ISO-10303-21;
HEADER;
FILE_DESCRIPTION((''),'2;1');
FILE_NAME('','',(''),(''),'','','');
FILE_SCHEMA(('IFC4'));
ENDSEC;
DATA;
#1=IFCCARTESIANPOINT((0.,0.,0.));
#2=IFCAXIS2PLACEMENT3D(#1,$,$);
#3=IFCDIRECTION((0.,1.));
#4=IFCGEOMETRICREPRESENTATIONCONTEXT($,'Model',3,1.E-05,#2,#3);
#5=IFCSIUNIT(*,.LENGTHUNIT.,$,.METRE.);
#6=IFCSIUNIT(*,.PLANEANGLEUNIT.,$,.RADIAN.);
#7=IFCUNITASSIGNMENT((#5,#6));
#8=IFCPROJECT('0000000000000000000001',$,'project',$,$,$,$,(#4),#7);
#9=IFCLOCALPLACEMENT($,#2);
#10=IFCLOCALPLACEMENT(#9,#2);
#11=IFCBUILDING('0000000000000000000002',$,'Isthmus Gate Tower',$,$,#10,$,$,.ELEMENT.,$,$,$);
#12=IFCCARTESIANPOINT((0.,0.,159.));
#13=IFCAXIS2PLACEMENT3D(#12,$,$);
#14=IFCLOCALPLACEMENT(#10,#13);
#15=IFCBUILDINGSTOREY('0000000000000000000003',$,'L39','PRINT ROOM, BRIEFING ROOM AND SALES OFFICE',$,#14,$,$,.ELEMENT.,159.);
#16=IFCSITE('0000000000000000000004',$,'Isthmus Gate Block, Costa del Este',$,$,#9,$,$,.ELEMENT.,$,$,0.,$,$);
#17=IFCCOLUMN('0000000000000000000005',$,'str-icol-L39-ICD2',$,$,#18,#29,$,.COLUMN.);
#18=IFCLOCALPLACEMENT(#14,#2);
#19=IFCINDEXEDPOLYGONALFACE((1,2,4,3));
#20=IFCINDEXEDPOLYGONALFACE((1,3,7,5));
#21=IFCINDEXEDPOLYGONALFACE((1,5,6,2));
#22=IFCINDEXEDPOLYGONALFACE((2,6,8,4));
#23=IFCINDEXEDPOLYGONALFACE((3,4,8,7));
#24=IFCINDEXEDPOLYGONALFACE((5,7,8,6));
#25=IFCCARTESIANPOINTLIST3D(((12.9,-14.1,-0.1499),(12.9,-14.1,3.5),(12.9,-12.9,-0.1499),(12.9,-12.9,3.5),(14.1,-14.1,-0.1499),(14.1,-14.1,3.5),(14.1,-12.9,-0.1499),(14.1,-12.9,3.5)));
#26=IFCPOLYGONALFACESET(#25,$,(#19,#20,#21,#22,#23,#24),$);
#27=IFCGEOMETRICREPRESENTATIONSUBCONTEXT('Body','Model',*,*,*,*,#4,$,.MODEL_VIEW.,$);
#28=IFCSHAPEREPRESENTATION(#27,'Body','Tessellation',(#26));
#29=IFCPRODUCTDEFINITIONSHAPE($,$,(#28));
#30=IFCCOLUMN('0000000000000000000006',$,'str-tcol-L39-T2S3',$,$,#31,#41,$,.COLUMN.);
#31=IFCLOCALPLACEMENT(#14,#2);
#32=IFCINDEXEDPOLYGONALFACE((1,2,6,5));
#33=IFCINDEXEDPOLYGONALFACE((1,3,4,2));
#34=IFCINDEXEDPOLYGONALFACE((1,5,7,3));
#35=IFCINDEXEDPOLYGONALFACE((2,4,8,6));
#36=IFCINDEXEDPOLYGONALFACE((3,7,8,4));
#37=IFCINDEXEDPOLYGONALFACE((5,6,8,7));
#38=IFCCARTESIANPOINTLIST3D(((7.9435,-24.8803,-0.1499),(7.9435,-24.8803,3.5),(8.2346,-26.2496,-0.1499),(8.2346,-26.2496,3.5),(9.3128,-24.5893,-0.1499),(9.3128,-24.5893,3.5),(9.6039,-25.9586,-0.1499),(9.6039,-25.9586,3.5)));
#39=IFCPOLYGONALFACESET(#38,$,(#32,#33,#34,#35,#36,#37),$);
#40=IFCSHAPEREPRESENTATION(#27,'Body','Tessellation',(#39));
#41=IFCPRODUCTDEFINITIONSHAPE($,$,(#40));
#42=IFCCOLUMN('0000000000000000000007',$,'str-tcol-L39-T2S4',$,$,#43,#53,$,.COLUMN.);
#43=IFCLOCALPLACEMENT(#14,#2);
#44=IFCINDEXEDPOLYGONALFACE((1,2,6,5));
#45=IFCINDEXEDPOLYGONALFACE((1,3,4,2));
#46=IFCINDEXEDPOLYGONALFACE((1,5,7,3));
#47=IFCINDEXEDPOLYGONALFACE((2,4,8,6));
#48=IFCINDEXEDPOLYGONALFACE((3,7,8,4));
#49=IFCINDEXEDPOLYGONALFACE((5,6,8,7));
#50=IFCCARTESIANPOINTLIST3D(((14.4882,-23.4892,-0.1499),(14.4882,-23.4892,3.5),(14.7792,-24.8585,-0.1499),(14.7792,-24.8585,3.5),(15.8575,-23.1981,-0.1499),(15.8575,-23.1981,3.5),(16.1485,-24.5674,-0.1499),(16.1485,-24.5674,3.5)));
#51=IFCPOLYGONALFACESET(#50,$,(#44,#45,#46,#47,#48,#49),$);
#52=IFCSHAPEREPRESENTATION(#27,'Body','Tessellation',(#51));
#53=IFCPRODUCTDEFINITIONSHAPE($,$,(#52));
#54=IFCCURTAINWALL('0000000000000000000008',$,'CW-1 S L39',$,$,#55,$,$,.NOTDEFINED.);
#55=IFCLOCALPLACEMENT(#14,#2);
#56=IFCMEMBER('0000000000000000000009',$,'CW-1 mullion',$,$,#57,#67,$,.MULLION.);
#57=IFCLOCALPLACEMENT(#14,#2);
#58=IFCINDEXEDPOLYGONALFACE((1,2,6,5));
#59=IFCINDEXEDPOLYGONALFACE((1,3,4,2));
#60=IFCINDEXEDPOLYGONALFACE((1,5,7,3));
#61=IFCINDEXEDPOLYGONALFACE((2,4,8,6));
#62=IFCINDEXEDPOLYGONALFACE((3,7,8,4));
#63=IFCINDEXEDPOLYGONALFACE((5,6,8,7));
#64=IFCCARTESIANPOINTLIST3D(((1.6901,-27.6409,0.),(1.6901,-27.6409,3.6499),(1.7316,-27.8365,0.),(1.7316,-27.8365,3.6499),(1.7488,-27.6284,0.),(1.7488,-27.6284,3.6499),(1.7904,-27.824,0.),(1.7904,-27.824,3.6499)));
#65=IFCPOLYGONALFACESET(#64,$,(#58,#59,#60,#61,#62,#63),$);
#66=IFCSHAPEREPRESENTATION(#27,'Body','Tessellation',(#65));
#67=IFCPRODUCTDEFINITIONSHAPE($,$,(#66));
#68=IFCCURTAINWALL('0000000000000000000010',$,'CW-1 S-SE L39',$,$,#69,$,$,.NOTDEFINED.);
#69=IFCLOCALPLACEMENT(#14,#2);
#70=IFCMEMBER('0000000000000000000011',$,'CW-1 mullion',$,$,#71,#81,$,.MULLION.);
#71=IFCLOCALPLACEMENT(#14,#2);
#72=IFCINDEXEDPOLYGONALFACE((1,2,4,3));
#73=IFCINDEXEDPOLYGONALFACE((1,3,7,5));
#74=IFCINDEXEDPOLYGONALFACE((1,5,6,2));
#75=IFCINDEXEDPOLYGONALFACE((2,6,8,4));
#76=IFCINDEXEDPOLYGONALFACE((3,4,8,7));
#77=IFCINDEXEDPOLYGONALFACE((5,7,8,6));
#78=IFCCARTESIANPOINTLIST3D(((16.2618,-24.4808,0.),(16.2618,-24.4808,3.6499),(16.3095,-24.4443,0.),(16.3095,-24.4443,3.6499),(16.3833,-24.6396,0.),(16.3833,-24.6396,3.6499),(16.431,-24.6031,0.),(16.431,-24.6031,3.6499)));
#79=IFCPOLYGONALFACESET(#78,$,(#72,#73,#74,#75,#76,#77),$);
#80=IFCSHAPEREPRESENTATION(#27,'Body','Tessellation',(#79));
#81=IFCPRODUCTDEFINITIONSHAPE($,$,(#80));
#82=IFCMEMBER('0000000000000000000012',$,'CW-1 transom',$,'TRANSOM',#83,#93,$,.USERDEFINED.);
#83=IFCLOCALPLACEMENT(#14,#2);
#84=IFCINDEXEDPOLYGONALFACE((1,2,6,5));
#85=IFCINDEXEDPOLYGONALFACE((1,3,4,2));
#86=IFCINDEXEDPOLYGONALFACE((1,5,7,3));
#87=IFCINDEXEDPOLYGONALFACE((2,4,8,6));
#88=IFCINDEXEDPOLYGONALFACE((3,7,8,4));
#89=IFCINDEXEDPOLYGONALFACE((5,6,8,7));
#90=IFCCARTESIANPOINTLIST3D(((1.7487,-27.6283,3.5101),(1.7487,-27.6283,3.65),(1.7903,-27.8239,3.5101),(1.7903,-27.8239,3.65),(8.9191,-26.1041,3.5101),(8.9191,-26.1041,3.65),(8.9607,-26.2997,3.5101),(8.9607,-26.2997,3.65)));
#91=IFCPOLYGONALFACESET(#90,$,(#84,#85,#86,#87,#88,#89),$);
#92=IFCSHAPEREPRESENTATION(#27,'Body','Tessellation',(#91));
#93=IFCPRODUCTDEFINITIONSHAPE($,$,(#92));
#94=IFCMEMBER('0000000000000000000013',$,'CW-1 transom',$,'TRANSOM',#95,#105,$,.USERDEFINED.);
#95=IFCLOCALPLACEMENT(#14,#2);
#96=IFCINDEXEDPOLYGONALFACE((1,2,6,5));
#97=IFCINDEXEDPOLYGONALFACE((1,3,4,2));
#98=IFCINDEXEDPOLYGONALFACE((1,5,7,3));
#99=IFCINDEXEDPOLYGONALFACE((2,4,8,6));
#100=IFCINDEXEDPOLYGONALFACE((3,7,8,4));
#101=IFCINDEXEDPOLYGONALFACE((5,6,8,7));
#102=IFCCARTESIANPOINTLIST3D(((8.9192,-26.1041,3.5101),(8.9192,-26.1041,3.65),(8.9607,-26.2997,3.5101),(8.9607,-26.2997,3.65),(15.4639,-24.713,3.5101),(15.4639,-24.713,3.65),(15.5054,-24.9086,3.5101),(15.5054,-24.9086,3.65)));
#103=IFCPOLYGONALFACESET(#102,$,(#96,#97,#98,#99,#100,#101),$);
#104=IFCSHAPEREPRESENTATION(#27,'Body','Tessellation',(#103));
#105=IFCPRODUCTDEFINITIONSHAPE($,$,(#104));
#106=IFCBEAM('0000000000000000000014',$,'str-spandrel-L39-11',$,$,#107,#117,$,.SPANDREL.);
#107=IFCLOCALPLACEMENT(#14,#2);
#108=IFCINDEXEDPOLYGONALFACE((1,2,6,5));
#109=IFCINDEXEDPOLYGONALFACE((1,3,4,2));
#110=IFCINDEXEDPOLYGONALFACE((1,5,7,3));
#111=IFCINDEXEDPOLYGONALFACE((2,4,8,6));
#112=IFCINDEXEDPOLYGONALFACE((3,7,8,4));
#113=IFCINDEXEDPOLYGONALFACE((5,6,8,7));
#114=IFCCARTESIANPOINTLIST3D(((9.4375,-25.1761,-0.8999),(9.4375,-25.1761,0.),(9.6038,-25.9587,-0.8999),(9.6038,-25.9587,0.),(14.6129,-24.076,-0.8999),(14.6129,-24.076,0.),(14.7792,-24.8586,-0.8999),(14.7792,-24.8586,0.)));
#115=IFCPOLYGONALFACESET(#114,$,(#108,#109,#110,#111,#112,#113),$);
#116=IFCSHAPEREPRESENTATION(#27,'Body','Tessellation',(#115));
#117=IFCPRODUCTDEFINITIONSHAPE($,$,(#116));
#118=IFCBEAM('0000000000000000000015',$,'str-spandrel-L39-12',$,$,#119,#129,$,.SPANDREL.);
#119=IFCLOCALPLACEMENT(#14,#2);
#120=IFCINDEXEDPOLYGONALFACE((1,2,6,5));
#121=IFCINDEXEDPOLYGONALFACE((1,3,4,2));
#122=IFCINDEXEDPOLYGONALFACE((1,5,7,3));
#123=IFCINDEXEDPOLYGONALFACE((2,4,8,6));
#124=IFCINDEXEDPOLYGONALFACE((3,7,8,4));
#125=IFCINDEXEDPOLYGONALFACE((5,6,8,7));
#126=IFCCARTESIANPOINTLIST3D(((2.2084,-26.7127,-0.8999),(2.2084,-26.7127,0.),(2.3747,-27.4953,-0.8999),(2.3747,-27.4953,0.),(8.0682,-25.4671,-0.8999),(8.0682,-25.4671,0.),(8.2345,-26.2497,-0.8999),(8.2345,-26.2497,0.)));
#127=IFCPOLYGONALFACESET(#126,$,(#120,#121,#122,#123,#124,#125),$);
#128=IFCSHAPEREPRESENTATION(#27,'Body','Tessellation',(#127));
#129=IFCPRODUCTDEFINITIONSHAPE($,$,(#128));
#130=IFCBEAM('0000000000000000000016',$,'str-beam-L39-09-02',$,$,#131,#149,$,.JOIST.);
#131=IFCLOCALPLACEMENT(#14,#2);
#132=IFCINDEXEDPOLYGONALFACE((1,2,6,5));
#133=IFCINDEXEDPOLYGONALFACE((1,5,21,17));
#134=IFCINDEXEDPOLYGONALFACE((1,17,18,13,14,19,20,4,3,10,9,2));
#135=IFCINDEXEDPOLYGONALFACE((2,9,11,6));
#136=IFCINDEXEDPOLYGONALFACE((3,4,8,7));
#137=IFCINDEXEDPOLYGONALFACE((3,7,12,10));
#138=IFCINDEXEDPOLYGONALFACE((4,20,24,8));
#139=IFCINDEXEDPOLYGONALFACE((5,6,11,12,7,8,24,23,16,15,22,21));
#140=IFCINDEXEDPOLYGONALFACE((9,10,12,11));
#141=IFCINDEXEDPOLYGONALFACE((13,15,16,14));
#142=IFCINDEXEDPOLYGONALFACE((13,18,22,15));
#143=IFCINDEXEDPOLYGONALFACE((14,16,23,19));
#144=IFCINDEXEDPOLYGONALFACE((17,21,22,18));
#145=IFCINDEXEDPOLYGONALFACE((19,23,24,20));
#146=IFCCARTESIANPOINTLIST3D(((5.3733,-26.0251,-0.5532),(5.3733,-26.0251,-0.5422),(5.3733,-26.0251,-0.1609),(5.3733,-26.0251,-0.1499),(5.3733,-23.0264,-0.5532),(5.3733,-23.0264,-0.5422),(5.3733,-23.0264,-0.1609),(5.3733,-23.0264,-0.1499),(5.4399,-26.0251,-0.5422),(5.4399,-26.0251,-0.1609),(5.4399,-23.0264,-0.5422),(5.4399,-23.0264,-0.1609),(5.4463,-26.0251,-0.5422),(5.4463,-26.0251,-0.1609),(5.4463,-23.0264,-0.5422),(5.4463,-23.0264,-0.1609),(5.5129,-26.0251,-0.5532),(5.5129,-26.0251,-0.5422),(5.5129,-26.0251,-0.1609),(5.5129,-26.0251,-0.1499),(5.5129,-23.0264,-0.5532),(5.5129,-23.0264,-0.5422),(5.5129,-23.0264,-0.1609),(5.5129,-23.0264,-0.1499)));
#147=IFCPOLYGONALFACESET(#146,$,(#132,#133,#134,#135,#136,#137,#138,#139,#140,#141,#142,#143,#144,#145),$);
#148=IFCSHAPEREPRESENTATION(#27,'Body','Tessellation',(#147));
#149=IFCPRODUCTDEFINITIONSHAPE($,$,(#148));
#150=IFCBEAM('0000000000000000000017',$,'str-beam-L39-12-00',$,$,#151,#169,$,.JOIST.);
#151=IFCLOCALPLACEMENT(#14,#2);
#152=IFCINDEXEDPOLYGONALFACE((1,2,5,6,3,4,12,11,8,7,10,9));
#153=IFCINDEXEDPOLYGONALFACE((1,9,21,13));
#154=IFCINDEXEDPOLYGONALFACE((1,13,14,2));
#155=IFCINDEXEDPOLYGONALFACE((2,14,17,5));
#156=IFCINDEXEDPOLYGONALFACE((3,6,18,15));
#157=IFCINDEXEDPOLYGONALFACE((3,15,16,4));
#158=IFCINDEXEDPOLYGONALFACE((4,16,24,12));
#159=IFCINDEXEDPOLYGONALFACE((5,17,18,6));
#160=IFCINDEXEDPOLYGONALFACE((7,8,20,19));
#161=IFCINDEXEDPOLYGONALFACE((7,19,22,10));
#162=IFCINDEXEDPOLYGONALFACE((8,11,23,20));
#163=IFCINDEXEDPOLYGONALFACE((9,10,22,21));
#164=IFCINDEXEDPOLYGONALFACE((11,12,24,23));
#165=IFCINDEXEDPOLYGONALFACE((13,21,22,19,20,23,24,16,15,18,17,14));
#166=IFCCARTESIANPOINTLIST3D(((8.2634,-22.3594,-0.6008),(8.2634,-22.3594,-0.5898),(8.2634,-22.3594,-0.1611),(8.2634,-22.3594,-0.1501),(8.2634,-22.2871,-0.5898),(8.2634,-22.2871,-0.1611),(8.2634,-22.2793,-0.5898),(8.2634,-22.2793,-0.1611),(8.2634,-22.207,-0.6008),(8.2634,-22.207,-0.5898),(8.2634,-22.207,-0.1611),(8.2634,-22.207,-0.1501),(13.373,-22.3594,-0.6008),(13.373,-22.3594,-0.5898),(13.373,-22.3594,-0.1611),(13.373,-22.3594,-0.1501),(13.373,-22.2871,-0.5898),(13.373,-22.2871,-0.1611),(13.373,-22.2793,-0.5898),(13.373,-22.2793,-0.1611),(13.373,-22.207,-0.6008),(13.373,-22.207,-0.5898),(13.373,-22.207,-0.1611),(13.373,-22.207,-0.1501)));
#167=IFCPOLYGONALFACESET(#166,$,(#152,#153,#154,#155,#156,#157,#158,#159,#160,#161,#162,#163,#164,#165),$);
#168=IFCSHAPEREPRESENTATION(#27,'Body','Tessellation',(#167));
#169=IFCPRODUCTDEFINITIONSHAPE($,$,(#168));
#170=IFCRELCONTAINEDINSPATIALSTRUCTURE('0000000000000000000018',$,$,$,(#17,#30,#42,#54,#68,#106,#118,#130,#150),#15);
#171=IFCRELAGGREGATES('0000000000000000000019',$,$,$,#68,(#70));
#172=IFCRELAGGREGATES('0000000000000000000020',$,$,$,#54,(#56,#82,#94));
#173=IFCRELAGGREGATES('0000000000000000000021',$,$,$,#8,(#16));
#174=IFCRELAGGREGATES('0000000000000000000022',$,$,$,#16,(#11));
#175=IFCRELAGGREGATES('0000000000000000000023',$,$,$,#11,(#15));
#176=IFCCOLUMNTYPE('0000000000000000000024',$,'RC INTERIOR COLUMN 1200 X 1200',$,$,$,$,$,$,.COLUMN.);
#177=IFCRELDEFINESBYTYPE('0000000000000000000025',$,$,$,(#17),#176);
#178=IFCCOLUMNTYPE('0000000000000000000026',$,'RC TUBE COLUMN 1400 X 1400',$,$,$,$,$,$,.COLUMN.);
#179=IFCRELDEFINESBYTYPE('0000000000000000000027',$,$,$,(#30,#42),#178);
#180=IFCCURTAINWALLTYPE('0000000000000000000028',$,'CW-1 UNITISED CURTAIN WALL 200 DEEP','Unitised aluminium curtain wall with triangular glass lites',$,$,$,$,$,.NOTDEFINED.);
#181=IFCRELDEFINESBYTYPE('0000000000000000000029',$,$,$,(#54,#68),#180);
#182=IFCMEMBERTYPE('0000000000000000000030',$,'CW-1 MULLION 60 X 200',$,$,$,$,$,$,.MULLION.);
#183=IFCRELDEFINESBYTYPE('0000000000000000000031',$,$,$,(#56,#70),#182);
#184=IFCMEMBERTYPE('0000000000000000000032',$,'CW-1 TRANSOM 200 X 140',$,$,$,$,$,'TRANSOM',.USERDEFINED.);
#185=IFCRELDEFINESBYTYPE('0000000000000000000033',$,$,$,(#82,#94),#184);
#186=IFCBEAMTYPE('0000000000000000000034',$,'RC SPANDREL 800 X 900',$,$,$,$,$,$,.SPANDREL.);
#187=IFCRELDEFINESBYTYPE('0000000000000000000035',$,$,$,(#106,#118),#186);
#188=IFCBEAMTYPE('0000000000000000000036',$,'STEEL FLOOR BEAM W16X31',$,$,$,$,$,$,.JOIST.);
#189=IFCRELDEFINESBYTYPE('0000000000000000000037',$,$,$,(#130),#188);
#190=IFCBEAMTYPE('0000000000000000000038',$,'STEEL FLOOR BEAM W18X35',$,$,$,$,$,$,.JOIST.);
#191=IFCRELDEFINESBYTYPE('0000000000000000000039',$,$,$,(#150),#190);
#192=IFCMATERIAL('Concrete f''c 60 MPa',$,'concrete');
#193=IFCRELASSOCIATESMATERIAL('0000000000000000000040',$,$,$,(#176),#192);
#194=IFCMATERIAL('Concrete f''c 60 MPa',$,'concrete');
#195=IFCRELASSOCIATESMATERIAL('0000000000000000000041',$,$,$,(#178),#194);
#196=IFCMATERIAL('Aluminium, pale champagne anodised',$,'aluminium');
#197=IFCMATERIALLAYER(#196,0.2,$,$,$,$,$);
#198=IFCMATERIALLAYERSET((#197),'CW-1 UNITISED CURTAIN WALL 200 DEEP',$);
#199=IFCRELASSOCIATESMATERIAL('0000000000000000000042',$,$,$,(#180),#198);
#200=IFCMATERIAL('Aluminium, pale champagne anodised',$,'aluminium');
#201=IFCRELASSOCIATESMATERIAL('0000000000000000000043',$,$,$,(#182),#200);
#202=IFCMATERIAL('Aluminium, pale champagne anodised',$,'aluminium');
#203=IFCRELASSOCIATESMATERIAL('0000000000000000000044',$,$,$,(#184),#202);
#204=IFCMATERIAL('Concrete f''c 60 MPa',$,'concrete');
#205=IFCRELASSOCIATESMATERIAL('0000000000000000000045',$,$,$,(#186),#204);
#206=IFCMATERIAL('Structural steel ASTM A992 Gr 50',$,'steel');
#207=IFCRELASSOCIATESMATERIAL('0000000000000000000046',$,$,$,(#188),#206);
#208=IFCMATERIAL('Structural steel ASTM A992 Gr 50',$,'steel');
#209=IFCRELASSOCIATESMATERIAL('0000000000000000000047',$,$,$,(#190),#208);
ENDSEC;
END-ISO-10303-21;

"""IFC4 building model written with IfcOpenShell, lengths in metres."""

from ifc_helpers import new_model, si_unit, direction, frame, origin, origin_2d, place, context, subcontext, project, spatial, rectangle, i_section, extrude, material, layer, layer_set, material_profile, profile_set, type_object, element, aggregate, save


model = new_model("IFC4")

# Units and contexts
model_context = context("Model", 3, precision=1e-05, world=origin(), true_north=direction((0.0, 1.0)))
body_context = subcontext(model_context, "Body", "Model", "MODEL_VIEW")
ifc_project = project(units=[si_unit("LENGTHUNIT", "METRE"), si_unit("PLANEANGLEUNIT", "RADIAN")], contexts=[model_context])

# Site, building, storey
site_placement = place(None, origin())
site = spatial("IfcSite", under=ifc_project, at=site_placement, Name="Isthmus Gate Block, Costa del Este", CompositionType="ELEMENT", RefElevation=0.0)
building_placement = place(site_placement, origin())
building = spatial("IfcBuilding", under=site, at=building_placement, Name="Isthmus Gate Tower", CompositionType="ELEMENT")
storey_placement = place(building_placement, frame((0.0, 0.0, 159.0)))
storey = spatial("IfcBuildingStorey", under=building, at=storey_placement, Name="L39", Description="PRINT ROOM, BRIEFING ROOM AND SALES OFFICE", CompositionType="ELEMENT", Elevation=159.0)

# Columns
ifc_material_1 = material(Name="Concrete f'c 60 MPa", Category="concrete")
ifc_material_profile_1 = material_profile(ifc_material_1, rectangle(XDim=1.2, YDim=1.2, at=origin_2d()), Name="RC 1200X1200")
ifc_profile_set_1 = profile_set([ifc_material_profile_1], Name="Concrete f'c 60 MPa")
column_type_1 = type_object("IfcColumnType", Name="RC INTERIOR COLUMN 1200 X 1200", PredefinedType="COLUMN", material=ifc_profile_set_1)
column_placement = place(storey_placement, frame((13.5, -13.5, -0.1499), z_axis=(0.0, 0.0, 1.0), x_axis=(1.0, 0.0, 0.0)))
element("IfcColumn", 1, at=column_placement, inside=storey, type_object=column_type_1, Name="str-icol-L39-ICD2", PredefinedType="COLUMN", context=body_context, shape_type="SweptSolid", body=[
    extrude(rectangle(XDim=1.2, YDim=1.2, at=origin_2d()), origin(), (0.0, 0.0, 1.0), 3.6499),
])
ifc_material_2 = material(Name="Concrete f'c 60 MPa", Category="concrete")
ifc_material_profile_2 = material_profile(ifc_material_2, rectangle(XDim=1.3999, YDim=1.3999, at=origin_2d()), Name="RC 1400X1400")
ifc_profile_set_2 = profile_set([ifc_material_profile_2], Name="Concrete f'c 60 MPa")
column_type_2 = type_object("IfcColumnType", Name="RC TUBE COLUMN 1400 X 1400", PredefinedType="COLUMN", material=ifc_profile_set_2)
for number, where, z_axis, x_axis, name in (
    (2, (8.7737, -25.4194, -0.1499), (0.0, 0.0, 1.0), (0.978148, 0.207912, 0.0), "str-tcol-L39-T2S3"),
    (3, (15.3184, -24.0283, -0.1499), (0.0, 0.0, 1.0), (0.978148, 0.207912, 0.0), "str-tcol-L39-T2S4"),
):
    element("IfcColumn", number, at=place(storey_placement, frame(where, z_axis=z_axis, x_axis=x_axis)), inside=storey, type_object=column_type_2, Name=name, PredefinedType="COLUMN", context=body_context, shape_type="SweptSolid", body=[
        extrude(rectangle(XDim=1.3999, YDim=1.3999, at=origin_2d()), origin(), (0.0, 0.0, 1.0), 3.6499),
    ])

# Curtain walls, members
ifc_material_3 = material(Name="Aluminium, pale champagne anodised", Category="aluminium")
ifc_layer_1 = layer(ifc_material_3, 0.2)
ifc_layer_set_1 = layer_set([ifc_layer_1], Name="CW-1 UNITISED CURTAIN WALL 200 DEEP")
curtain_wall_type = type_object("IfcCurtainWallType", Name="CW-1 UNITISED CURTAIN WALL 200 DEEP", Description="Unitised aluminium curtain wall with triangular glass lites", PredefinedType="NOTDEFINED", material=ifc_layer_set_1)
curtain_wall_1_placement = place(storey_placement, origin())
curtain_wall_1 = element("IfcCurtainWall", 4, at=curtain_wall_1_placement, inside=storey, type_object=curtain_wall_type, Name="CW-1 S L39", PredefinedType="NOTDEFINED")
ifc_material_4 = material(Name="Aluminium, pale champagne anodised", Category="aluminium")
ifc_material_profile_3 = material_profile(ifc_material_4, rectangle(XDim=0.0601, YDim=0.2, at=origin_2d()), Name="60x200")
ifc_profile_set_3 = profile_set([ifc_material_profile_3], Name="Aluminium, pale champagne anodised")
member_type_1 = type_object("IfcMemberType", Name="CW-1 MULLION 60 X 200", PredefinedType="MULLION", material=ifc_profile_set_3)
member_1_placement = place(storey_placement, frame((1.7402, -27.7324, 0.0), z_axis=(0.0, 0.0, 1.0), x_axis=(0.978148, 0.207912, 0.0)))
member_1 = element("IfcMember", 5, at=member_1_placement, type_object=member_type_1, Name="CW-1 mullion", PredefinedType="MULLION", context=body_context, shape_type="SweptSolid", body=[
    extrude(rectangle(XDim=0.0601, YDim=0.2, at=origin_2d()), origin(), (0.0, 0.0, 1.0), 3.6499),
])
curtain_wall_2_placement = place(storey_placement, origin())
curtain_wall_2 = element("IfcCurtainWall", 6, at=curtain_wall_2_placement, inside=storey, type_object=curtain_wall_type, Name="CW-1 S-SE L39", PredefinedType="NOTDEFINED")
member_2_placement = place(storey_placement, frame((16.3464, -24.542, 0.0), z_axis=(0.0, 0.0, 1.0), x_axis=(0.794189, 0.607671, 0.0)))
member_2 = element("IfcMember", 7, at=member_2_placement, type_object=member_type_1, Name="CW-1 mullion", PredefinedType="MULLION", context=body_context, shape_type="SweptSolid", body=[
    extrude(rectangle(XDim=0.0601, YDim=0.2, at=origin_2d()), origin(), (0.0, 0.0, 1.0), 3.6499),
])
aggregate(curtain_wall_2, [member_2])

# Members
ifc_material_5 = material(Name="Aluminium, pale champagne anodised", Category="aluminium")
ifc_material_profile_4 = material_profile(ifc_material_5, rectangle(XDim=0.2, YDim=0.1399, at=origin_2d()), Name="200x140")
ifc_profile_set_4 = profile_set([ifc_material_profile_4], Name="Aluminium, pale champagne anodised")
member_type_2 = type_object("IfcMemberType", Name="CW-1 TRANSOM 200 X 140", ElementType="TRANSOM", PredefinedType="USERDEFINED", material=ifc_profile_set_4)
member_3_placement = place(storey_placement, frame((1.7695, -27.7261, 3.5801), z_axis=(0.978146, 0.207919, 0.0), x_axis=(-0.207919, 0.978146, 0.0)))
member_3 = element("IfcMember", 8, at=member_3_placement, type_object=member_type_2, Name="CW-1 transom", ObjectType="TRANSOM", PredefinedType="USERDEFINED", context=body_context, shape_type="SweptSolid", body=[
    extrude(rectangle(XDim=0.2, YDim=0.1399, at=origin_2d()), origin(), (0.0, 0.0, 1.0), 7.3306),
])
member_4_placement = place(storey_placement, frame((8.9399, -26.2019, 3.5801), z_axis=(0.978148, 0.207912, 0.0), x_axis=(-0.207912, 0.978148, 0.0)))
member_4 = element("IfcMember", 9, at=member_4_placement, type_object=member_type_2, Name="CW-1 transom", ObjectType="TRANSOM", PredefinedType="USERDEFINED", context=body_context, shape_type="SweptSolid", body=[
    extrude(rectangle(XDim=0.2, YDim=0.1399, at=origin_2d()), origin(), (0.0, 0.0, 1.0), 6.6909),
])

# Beams
ifc_material_6 = material(Name="Concrete f'c 60 MPa", Category="concrete")
ifc_material_profile_5 = material_profile(ifc_material_6, rectangle(XDim=0.8, YDim=0.8999, at=origin_2d()), Name="RC 800X900")
ifc_profile_set_5 = profile_set([ifc_material_profile_5], Name="Concrete f'c 60 MPa")
beam_type_1 = type_object("IfcBeamType", Name="RC SPANDREL 800 X 900", PredefinedType="SPANDREL", material=ifc_profile_set_5)
beam_1_placement = place(storey_placement, frame((14.696, -24.4673, -0.45), z_axis=(-0.978145, -0.207922, 0.0), x_axis=(0.207922, -0.978145, 0.0)))
element("IfcBeam", 10, at=beam_1_placement, inside=storey, type_object=beam_type_1, Name="str-spandrel-L39-11", PredefinedType="SPANDREL", context=body_context, shape_type="SweptSolid", body=[
    extrude(rectangle(XDim=0.8, YDim=0.8999, at=origin_2d()), origin(), (0.0, 0.0, 1.0), 5.291),
])
beam_2_placement = place(storey_placement, frame((8.1514, -25.8584, -0.45), z_axis=(-0.978146, -0.20792, 0.0), x_axis=(0.20792, -0.978146, 0.0)))
element("IfcBeam", 11, at=beam_2_placement, inside=storey, type_object=beam_type_1, Name="str-spandrel-L39-12", PredefinedType="SPANDREL", context=body_context, shape_type="SweptSolid", body=[
    extrude(rectangle(XDim=0.8, YDim=0.8999, at=origin_2d()), origin(), (0.0, 0.0, 1.0), 5.9907),
])
ifc_material_7 = material(Name="Structural steel ASTM A992 Gr 50", Category="steel")
ifc_material_profile_6 = material_profile(ifc_material_7, i_section(OverallWidth=0.1396, OverallDepth=0.4033, WebThickness=0.0063, FlangeThickness=0.011, at=origin_2d()), Name="W16X31")
ifc_profile_set_6 = profile_set([ifc_material_profile_6], Name="Structural steel ASTM A992 Gr 50")
beam_type_2 = type_object("IfcBeamType", Name="STEEL FLOOR BEAM W16X31", PredefinedType="JOIST", material=ifc_profile_set_6)
beam_3_placement = place(storey_placement, frame((5.4431, -26.0251, -0.3516), z_axis=(0.0, 1.0, 0.0), x_axis=(-1.0, 0.0, 0.0)))
element("IfcBeam", 12, at=beam_3_placement, inside=storey, type_object=beam_type_2, Name="str-beam-L39-09-02", PredefinedType="JOIST", context=body_context, shape_type="SweptSolid", body=[
    extrude(i_section(OverallWidth=0.1396, OverallDepth=0.4033, WebThickness=0.0063, FlangeThickness=0.011, at=origin_2d()), origin(), (0.0, 0.0, 1.0), 2.9988),
])
ifc_material_8 = material(Name="Structural steel ASTM A992 Gr 50", Category="steel")
ifc_material_profile_7 = material_profile(ifc_material_8, i_section(OverallWidth=0.1523, OverallDepth=0.4507, WebThickness=0.0078, FlangeThickness=0.011, at=origin_2d()), Name="W18X35")
ifc_profile_set_7 = profile_set([ifc_material_profile_7], Name="Structural steel ASTM A992 Gr 50")
beam_type_3 = type_object("IfcBeamType", Name="STEEL FLOOR BEAM W18X35", PredefinedType="JOIST", material=ifc_profile_set_7)
for number, where, z_axis, x_axis, name in (
    (13, (8.2634, -22.2832, -0.3755), (1.0, 0.0, 0.0), (0.0, 1.0, 0.0), "str-beam-L39-12-00"),
):
    element("IfcBeam", number, at=place(storey_placement, frame(where, z_axis=z_axis, x_axis=x_axis)), inside=storey, type_object=beam_type_3, Name=name, PredefinedType="JOIST", context=body_context, shape_type="SweptSolid", body=[
        extrude(i_section(OverallWidth=0.1523, OverallDepth=0.4507, WebThickness=0.0078, FlangeThickness=0.011, at=origin_2d()), origin(), (0.0, 0.0, 1.0), 5.1096),
    ])

aggregate(curtain_wall_1, [member_1, member_3, member_4])

save(model, "model.ifc")
